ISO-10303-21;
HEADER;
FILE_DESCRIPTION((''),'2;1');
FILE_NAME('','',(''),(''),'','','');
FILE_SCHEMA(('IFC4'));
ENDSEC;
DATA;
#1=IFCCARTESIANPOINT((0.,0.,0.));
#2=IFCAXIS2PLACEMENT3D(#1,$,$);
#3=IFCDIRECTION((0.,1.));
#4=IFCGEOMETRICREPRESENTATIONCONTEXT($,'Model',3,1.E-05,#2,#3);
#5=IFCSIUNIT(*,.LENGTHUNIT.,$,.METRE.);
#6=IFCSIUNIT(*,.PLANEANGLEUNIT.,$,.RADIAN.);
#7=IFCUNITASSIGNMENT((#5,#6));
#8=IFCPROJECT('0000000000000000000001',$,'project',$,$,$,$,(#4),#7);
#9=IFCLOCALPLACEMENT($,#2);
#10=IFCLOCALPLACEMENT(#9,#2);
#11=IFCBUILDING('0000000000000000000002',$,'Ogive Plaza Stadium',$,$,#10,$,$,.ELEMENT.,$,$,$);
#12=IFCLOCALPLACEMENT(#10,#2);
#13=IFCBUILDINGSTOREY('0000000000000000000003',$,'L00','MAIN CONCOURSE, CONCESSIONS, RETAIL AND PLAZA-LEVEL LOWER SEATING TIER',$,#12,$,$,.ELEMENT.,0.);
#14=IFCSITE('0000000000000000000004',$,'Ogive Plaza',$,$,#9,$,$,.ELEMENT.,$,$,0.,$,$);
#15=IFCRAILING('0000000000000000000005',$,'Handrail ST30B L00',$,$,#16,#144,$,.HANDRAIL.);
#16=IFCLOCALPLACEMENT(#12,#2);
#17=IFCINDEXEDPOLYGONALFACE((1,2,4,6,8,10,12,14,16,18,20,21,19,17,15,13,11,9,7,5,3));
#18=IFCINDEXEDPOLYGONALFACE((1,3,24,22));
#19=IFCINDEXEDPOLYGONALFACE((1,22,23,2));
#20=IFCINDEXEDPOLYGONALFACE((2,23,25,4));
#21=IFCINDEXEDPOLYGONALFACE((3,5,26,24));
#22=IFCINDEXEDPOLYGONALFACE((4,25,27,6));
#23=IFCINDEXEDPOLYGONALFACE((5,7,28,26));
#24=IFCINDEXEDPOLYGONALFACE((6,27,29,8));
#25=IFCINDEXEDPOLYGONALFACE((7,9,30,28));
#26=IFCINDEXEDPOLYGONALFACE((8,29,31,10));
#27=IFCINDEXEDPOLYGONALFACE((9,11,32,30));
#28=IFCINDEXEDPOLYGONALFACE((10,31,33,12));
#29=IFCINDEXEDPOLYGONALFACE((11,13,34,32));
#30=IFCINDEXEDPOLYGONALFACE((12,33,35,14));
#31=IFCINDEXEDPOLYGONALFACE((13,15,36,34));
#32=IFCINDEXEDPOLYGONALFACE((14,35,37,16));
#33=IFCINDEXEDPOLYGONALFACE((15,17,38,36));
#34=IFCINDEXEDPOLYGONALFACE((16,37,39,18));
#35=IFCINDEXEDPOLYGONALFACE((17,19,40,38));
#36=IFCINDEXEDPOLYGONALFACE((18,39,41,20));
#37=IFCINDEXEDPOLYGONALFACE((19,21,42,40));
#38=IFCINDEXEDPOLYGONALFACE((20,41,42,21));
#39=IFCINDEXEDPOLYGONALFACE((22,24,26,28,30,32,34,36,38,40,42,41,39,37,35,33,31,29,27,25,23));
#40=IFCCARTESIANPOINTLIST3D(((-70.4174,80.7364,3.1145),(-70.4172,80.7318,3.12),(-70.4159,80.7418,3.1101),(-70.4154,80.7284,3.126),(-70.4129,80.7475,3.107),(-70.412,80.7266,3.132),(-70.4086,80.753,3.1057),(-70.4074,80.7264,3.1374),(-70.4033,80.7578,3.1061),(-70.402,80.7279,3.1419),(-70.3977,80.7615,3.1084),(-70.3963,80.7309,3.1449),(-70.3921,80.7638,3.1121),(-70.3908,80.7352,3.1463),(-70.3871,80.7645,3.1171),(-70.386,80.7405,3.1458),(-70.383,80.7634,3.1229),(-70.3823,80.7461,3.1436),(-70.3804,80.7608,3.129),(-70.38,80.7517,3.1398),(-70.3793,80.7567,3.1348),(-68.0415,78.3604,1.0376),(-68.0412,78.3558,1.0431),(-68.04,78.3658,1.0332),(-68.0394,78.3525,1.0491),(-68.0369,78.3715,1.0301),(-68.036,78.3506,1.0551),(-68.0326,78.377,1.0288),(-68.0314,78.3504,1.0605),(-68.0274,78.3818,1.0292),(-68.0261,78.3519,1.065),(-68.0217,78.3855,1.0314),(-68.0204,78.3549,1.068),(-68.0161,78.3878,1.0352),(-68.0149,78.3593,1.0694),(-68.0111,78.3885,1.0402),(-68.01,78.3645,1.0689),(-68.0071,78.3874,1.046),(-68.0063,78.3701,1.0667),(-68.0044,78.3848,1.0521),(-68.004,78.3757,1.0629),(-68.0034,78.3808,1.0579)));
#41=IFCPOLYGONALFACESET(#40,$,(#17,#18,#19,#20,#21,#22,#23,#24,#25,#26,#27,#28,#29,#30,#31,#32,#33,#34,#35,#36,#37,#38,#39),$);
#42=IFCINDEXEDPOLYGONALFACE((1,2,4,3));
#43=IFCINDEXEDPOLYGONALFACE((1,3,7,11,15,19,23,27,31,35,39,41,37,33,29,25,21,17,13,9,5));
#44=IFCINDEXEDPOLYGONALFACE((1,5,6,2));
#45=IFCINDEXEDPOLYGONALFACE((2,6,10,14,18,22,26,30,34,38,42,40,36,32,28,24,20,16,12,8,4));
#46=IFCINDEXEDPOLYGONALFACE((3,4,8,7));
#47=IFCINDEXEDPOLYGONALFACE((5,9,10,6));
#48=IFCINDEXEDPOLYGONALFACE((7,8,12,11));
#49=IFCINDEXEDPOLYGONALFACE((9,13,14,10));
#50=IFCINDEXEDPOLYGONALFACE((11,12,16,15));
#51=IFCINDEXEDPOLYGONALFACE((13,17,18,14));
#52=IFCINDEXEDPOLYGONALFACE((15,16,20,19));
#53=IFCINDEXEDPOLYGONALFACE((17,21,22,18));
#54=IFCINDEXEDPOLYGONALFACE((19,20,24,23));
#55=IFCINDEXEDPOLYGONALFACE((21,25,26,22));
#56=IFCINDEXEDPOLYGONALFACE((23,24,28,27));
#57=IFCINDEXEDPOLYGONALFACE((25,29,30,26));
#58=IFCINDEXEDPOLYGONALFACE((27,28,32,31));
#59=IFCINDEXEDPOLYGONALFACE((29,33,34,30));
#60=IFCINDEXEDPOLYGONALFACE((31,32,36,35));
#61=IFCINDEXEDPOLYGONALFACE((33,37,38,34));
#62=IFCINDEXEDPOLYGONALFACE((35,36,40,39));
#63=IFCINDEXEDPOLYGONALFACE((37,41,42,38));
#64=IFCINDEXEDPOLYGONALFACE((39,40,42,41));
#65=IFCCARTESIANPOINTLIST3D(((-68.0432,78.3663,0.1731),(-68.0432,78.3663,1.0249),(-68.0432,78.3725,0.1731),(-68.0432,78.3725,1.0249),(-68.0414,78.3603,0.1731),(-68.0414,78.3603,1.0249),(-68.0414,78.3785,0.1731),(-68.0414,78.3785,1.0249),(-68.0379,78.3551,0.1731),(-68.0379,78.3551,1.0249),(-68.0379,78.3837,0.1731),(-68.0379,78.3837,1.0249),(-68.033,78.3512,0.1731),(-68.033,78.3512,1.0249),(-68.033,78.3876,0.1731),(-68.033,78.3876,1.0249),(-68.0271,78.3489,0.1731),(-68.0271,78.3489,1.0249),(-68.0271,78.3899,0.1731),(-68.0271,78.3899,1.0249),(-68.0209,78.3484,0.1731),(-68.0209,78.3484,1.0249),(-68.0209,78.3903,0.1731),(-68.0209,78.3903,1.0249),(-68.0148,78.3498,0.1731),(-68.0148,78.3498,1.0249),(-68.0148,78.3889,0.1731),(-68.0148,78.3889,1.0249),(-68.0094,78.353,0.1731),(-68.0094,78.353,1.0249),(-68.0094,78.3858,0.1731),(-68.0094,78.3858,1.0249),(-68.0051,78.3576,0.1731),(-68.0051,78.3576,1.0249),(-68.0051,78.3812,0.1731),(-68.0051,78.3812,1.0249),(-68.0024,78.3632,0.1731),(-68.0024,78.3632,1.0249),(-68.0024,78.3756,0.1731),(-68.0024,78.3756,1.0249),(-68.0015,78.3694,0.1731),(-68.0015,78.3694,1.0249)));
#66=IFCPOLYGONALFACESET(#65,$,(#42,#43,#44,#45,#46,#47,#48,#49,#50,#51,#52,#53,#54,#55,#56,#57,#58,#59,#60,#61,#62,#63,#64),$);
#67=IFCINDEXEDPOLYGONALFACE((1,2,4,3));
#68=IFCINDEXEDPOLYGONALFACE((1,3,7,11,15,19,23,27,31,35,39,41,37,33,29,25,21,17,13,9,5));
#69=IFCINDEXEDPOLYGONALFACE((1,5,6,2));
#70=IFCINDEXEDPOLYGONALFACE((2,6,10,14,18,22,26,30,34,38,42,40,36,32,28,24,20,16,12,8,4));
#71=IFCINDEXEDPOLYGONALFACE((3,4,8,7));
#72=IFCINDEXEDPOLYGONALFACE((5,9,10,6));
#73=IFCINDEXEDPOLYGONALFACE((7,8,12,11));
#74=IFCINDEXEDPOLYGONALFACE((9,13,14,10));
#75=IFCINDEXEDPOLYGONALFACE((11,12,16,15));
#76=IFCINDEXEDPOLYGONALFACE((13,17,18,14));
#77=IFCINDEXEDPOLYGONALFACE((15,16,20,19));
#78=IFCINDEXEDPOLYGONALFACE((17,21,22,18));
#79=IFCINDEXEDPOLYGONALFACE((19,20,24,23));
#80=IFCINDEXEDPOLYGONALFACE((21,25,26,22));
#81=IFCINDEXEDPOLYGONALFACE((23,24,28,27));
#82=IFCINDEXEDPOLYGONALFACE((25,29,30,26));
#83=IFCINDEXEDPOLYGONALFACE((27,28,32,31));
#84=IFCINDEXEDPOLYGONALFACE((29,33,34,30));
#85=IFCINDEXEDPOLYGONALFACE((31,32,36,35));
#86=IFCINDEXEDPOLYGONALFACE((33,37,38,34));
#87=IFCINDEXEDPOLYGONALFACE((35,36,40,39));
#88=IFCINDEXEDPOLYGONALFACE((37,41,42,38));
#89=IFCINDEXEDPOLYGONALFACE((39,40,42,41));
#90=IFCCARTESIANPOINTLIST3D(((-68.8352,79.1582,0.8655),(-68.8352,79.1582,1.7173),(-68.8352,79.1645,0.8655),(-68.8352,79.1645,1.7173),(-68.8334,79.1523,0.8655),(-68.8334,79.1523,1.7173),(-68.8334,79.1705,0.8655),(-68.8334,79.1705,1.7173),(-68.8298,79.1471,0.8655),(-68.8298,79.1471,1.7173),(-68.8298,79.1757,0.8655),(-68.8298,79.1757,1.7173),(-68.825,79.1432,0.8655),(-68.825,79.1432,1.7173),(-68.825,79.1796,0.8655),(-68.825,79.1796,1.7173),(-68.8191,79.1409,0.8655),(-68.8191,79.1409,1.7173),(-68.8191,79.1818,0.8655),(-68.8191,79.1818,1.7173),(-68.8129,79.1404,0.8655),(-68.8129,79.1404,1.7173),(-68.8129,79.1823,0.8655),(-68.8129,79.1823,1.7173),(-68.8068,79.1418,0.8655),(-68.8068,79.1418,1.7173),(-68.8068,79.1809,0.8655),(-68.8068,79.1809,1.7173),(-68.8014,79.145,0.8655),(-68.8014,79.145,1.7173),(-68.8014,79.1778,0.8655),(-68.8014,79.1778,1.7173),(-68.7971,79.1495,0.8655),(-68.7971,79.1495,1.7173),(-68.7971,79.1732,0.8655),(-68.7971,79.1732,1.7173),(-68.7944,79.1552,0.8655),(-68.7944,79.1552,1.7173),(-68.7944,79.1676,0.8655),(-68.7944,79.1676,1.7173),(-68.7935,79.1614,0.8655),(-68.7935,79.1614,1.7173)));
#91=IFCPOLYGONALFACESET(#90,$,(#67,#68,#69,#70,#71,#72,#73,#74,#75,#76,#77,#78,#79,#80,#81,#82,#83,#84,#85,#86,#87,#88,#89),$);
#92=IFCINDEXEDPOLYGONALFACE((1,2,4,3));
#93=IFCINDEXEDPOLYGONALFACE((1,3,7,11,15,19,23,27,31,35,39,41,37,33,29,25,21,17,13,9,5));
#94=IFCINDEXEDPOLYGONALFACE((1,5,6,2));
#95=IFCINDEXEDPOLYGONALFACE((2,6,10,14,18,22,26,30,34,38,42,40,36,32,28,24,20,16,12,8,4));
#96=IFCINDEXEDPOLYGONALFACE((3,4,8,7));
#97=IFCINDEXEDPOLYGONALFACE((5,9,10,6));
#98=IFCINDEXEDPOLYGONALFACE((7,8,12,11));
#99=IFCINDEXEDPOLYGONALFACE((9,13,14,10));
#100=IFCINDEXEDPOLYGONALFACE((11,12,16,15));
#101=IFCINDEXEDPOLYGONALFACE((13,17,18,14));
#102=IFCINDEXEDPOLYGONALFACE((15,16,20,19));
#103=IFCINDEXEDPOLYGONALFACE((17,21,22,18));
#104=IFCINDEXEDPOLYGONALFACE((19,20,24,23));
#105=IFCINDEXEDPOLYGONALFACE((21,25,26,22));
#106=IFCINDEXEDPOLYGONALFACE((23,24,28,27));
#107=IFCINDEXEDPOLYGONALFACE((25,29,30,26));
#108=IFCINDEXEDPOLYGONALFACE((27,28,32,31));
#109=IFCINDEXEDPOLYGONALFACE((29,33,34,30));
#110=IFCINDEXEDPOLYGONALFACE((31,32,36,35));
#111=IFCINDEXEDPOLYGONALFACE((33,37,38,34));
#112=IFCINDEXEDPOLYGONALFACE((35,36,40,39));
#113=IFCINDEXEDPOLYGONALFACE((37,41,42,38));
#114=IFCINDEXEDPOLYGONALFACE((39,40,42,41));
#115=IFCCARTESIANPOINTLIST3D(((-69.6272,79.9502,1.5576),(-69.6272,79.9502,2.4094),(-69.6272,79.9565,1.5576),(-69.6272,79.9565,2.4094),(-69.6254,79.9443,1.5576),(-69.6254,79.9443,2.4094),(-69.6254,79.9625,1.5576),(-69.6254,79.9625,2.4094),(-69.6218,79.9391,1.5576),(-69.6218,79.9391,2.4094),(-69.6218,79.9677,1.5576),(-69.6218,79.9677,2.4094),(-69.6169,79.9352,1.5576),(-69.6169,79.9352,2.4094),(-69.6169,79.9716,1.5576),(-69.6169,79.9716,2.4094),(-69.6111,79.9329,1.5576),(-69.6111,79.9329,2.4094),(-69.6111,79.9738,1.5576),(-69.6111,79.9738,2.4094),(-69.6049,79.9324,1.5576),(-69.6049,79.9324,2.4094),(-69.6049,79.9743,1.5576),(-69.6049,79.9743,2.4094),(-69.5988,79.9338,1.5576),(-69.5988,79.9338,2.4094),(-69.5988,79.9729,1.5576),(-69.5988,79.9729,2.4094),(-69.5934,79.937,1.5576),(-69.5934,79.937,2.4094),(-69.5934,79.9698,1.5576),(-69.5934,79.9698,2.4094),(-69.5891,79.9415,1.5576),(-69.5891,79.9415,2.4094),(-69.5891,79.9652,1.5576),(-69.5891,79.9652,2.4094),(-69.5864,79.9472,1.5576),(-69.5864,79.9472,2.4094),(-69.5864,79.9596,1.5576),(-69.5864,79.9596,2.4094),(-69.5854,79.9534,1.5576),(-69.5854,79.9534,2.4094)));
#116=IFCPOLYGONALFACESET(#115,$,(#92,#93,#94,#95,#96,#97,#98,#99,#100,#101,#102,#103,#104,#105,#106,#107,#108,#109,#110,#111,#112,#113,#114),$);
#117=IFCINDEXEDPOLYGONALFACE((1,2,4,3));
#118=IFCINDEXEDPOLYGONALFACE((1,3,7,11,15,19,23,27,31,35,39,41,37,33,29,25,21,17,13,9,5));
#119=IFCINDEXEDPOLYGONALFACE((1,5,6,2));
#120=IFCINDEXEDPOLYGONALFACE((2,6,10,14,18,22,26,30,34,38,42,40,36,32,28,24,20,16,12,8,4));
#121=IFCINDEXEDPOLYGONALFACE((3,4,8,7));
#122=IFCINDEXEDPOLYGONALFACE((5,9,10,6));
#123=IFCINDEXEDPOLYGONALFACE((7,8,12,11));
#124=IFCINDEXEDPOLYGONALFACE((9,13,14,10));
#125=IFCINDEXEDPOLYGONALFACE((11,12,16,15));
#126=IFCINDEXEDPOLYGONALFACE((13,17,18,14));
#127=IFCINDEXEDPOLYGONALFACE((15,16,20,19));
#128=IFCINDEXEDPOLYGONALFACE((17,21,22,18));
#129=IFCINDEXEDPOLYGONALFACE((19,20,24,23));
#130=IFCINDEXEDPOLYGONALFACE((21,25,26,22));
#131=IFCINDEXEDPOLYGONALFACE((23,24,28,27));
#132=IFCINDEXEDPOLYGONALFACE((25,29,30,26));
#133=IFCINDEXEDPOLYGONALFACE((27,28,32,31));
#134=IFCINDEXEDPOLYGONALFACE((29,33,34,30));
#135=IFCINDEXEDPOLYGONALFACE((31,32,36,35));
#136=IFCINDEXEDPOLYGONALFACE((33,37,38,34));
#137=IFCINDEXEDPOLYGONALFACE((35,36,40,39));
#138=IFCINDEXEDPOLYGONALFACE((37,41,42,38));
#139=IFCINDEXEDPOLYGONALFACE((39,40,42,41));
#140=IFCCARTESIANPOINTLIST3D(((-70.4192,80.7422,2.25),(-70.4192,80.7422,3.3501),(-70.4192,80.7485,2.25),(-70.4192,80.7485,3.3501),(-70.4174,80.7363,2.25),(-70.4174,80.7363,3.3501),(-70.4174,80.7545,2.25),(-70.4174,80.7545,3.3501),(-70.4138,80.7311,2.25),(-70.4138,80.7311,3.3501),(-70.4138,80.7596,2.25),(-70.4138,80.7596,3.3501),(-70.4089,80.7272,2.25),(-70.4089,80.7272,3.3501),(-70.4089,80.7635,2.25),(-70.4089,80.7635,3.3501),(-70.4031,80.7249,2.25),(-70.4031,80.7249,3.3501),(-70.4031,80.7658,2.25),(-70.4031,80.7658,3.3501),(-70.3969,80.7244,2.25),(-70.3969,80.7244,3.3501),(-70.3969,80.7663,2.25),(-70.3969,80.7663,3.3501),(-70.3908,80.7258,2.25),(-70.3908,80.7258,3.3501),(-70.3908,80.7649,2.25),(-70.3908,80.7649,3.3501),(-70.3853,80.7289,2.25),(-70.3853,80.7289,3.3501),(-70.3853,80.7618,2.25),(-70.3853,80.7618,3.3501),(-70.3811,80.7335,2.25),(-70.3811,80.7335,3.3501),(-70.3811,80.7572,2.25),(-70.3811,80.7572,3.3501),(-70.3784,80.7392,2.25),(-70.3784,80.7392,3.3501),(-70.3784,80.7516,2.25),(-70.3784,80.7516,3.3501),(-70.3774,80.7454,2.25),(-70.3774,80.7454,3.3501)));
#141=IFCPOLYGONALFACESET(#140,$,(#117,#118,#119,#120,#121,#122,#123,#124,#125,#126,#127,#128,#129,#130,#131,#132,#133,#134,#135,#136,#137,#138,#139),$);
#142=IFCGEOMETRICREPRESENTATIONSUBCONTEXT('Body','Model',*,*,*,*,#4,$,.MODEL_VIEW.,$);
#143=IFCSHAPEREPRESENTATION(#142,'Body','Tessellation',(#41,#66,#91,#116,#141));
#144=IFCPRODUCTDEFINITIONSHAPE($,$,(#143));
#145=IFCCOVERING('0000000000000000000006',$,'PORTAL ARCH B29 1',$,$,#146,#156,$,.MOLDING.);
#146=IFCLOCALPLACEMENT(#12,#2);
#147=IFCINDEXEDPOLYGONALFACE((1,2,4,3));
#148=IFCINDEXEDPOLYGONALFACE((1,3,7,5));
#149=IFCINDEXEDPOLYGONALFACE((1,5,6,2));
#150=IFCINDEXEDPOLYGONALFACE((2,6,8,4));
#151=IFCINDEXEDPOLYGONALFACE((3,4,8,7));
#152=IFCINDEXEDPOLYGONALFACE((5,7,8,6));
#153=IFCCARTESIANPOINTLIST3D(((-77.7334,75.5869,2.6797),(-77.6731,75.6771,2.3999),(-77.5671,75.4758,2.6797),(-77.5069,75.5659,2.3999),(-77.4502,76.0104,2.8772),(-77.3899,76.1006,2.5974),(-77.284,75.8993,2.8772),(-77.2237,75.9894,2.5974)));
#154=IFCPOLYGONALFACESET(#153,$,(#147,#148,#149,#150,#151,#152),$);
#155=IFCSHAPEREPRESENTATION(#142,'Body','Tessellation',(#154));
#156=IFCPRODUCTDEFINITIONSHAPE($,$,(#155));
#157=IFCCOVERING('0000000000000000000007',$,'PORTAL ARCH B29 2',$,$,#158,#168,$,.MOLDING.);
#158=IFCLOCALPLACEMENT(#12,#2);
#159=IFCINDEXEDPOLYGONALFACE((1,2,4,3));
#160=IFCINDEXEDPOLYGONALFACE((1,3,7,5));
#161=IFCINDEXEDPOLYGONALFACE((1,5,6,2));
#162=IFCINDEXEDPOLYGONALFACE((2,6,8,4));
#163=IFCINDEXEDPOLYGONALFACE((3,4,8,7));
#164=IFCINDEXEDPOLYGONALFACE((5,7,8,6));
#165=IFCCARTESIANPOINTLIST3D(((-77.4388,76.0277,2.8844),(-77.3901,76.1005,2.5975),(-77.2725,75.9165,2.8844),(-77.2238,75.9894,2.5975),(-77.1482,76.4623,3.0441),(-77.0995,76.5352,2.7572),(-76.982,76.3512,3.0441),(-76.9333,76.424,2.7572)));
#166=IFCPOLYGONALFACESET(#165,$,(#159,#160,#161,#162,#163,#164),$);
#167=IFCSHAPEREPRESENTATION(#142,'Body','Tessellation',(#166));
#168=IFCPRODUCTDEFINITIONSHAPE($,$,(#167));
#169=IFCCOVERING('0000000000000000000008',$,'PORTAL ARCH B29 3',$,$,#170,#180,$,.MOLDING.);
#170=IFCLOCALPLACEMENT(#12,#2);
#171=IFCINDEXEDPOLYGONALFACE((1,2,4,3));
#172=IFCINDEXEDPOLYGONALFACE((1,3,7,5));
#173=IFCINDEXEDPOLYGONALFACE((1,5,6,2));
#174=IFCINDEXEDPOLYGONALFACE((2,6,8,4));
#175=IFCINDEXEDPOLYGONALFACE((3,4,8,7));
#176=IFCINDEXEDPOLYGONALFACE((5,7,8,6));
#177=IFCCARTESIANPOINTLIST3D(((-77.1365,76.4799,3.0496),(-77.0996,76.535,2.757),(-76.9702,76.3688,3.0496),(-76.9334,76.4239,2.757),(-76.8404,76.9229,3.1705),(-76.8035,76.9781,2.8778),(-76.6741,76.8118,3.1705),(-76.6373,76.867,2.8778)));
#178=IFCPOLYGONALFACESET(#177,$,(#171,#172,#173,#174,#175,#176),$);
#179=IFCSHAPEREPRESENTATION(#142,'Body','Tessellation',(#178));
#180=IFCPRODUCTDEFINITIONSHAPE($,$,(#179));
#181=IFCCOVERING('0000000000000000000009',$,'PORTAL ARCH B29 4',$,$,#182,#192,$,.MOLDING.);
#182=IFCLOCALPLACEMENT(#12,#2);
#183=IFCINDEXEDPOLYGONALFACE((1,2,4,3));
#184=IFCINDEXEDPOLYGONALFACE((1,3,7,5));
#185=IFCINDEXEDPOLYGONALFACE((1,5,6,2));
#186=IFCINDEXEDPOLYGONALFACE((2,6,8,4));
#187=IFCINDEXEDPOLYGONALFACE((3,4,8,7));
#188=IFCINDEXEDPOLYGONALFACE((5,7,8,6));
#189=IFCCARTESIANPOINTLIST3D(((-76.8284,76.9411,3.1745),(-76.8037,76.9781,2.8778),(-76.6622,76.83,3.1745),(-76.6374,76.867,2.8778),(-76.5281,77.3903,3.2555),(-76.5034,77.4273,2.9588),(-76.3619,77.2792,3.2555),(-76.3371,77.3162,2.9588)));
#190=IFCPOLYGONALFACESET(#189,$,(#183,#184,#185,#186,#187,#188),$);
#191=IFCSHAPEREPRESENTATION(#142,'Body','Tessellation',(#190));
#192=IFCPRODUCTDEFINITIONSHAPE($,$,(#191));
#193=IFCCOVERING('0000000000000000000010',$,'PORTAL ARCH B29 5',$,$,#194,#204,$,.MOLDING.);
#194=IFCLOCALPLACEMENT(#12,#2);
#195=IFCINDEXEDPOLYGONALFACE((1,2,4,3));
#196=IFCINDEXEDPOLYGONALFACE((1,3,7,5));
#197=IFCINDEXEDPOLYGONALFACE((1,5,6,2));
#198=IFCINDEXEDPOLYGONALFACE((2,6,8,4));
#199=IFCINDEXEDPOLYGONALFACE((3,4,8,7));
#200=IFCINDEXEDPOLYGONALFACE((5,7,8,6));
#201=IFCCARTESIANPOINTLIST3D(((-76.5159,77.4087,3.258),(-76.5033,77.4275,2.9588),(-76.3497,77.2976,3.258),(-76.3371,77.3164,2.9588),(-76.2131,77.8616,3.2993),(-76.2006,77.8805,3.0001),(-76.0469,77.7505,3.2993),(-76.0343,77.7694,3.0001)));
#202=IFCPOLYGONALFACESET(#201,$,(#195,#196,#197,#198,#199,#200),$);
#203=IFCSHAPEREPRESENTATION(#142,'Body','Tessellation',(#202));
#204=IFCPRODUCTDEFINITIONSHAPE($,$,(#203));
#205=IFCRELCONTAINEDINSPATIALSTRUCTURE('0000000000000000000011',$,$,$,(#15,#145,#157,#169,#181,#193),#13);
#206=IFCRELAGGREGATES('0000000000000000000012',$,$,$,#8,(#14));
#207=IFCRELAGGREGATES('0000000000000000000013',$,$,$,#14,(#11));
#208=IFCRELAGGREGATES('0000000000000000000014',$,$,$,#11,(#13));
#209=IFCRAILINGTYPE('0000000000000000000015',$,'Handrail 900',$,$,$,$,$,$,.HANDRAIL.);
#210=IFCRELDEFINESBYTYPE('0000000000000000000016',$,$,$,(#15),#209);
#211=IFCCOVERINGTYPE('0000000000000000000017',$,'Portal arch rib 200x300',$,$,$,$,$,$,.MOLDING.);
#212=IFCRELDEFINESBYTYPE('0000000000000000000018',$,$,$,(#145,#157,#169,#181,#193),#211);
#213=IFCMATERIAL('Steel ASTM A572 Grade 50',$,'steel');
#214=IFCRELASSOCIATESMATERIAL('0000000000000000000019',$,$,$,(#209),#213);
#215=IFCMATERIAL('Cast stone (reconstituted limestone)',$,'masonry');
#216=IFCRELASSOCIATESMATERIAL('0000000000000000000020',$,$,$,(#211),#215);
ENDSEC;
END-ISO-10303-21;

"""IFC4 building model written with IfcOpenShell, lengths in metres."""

from ifc_helpers import new_model, si_unit, direction, frame, origin, origin_2d, place, context, subcontext, project, spatial, rectangle, circle, extrude, material, material_profile, profile_set, type_object, element, save


model = new_model("IFC4")

# Units and contexts
model_context = context("Model", 3, precision=1e-05, world=origin(), true_north=direction((0.0, 1.0)))
body_context = subcontext(model_context, "Body", "Model", "MODEL_VIEW")
ifc_project = project(units=[si_unit("LENGTHUNIT", "METRE"), si_unit("PLANEANGLEUNIT", "RADIAN")], contexts=[model_context])

# Site, building, storey
site_placement = place(None, origin())
site = spatial("IfcSite", under=ifc_project, at=site_placement, Name="Ogive Plaza", CompositionType="ELEMENT", RefElevation=0.0)
building_placement = place(site_placement, origin())
building = spatial("IfcBuilding", under=site, at=building_placement, Name="Ogive Plaza Stadium", CompositionType="ELEMENT")
storey_placement = place(building_placement, origin())
storey = spatial("IfcBuildingStorey", under=building, at=storey_placement, Name="L00", Description="MAIN CONCOURSE, CONCESSIONS, RETAIL AND PLAZA-LEVEL LOWER SEATING TIER", CompositionType="ELEMENT", Elevation=0.0)

# Railing
ifc_material_1 = material(Name="Steel ASTM A572 Grade 50", Category="steel")
railing_type = type_object("IfcRailingType", Name="Handrail 900", PredefinedType="HANDRAIL", material=ifc_material_1)
railing_placement = place(storey_placement, frame((-68.0225, 78.3694, 0.1731)))
element("IfcRailing", 1, at=railing_placement, inside=storey, type_object=railing_type, Name="Handrail ST30B L00", PredefinedType="HANDRAIL", context=body_context, shape_type="SweptSolid", body=[
    extrude(circle(Radius=0.0239, at=origin_2d()), frame((0.0, 0.0, 0.876), z_axis=(-0.601483, 0.601483, 0.525772), x_axis=(-0.707107, -0.707107, 0.0)), (0.0, 0.0, 1.0), 3.9502),
    extrude(circle(Radius=0.021, at=origin_2d()), origin(), (0.0, 0.0, 1.0), 0.8518),
    extrude(circle(Radius=0.021, at=origin_2d()), frame((-0.792, 0.792, 0.6924)), (0.0, 0.0, 1.0), 0.8518),
    extrude(circle(Radius=0.021, at=origin_2d()), frame((-1.584, 1.584, 1.3845)), (0.0, 0.0, 1.0), 0.8518),
    extrude(circle(Radius=0.021, at=origin_2d()), frame((-2.376, 2.376, 2.0769)), (0.0, 0.0, 1.0), 1.1001),
])

# Coverings
ifc_material_2 = material(Name="Cast stone (reconstituted limestone)", Category="masonry")
ifc_material_profile_1 = material_profile(ifc_material_2, rectangle(XDim=0.2, YDim=0.3, at=origin_2d()), Name="Cast stone 200x300")
ifc_profile_set_1 = profile_set([ifc_material_profile_1], Name="Cast stone (reconstituted limestone)")
covering_type = type_object("IfcCoveringType", Name="Portal arch rib 200x300", PredefinedType="MOLDING", material=ifc_profile_set_1)
covering_1_placement = place(storey_placement, frame((-77.6201, 75.5764, 2.5398), z_axis=(0.518234, 0.775117, 0.361424), x_axis=(-0.831312, 0.555805, 0.0)))
element("IfcCovering", 2, at=covering_1_placement, inside=storey, type_object=covering_type, Name="PORTAL ARCH B29 1", PredefinedType="MOLDING", context=body_context, shape_type="SweptSolid", body=[
    extrude(rectangle(XDim=0.2, YDim=0.3, at=origin_2d()), origin(), (0.0, 0.0, 1.0), 0.5464),
])
covering_2_placement = place(storey_placement, frame((-77.3313, 76.0085, 2.741), z_axis=(0.531535, 0.79507, 0.292121), x_axis=(-0.831331, 0.555778, 0.0)))
element("IfcCovering", 3, at=covering_2_placement, inside=storey, type_object=covering_type, Name="PORTAL ARCH B29 2", PredefinedType="MOLDING", context=body_context, shape_type="SweptSolid", body=[
    extrude(rectangle(XDim=0.2, YDim=0.3, at=origin_2d()), origin(), (0.0, 0.0, 1.0), 0.5466),
])
for number, where, z_axis, x_axis, name in (
    (4, (-77.0349, 76.4519, 2.9033), (0.541895, 0.810832, 0.221136), (-0.831415, 0.555651, 0.0), "PORTAL ARCH B29 3"),
    (5, (-76.7329, 76.9041, 3.0261), (0.549593, 0.822156, 0.148346), (-0.831355, 0.555742, 0.0), "PORTAL ARCH B29 4"),
    (6, (-76.4265, 77.3625, 3.1084), (0.554147, 0.828986, 0.075525), (-0.83136, 0.555734, 0.0), "PORTAL ARCH B29 5"),
):
    element("IfcCovering", number, at=place(storey_placement, frame(where, z_axis=z_axis, x_axis=x_axis)), inside=storey, type_object=covering_type, Name=name, PredefinedType="MOLDING", context=body_context, shape_type="SweptSolid", body=[
        extrude(rectangle(XDim=0.2, YDim=0.3, at=origin_2d()), origin(), (0.0, 0.0, 1.0), 0.5464),
    ])

save(model, "model.ifc")
